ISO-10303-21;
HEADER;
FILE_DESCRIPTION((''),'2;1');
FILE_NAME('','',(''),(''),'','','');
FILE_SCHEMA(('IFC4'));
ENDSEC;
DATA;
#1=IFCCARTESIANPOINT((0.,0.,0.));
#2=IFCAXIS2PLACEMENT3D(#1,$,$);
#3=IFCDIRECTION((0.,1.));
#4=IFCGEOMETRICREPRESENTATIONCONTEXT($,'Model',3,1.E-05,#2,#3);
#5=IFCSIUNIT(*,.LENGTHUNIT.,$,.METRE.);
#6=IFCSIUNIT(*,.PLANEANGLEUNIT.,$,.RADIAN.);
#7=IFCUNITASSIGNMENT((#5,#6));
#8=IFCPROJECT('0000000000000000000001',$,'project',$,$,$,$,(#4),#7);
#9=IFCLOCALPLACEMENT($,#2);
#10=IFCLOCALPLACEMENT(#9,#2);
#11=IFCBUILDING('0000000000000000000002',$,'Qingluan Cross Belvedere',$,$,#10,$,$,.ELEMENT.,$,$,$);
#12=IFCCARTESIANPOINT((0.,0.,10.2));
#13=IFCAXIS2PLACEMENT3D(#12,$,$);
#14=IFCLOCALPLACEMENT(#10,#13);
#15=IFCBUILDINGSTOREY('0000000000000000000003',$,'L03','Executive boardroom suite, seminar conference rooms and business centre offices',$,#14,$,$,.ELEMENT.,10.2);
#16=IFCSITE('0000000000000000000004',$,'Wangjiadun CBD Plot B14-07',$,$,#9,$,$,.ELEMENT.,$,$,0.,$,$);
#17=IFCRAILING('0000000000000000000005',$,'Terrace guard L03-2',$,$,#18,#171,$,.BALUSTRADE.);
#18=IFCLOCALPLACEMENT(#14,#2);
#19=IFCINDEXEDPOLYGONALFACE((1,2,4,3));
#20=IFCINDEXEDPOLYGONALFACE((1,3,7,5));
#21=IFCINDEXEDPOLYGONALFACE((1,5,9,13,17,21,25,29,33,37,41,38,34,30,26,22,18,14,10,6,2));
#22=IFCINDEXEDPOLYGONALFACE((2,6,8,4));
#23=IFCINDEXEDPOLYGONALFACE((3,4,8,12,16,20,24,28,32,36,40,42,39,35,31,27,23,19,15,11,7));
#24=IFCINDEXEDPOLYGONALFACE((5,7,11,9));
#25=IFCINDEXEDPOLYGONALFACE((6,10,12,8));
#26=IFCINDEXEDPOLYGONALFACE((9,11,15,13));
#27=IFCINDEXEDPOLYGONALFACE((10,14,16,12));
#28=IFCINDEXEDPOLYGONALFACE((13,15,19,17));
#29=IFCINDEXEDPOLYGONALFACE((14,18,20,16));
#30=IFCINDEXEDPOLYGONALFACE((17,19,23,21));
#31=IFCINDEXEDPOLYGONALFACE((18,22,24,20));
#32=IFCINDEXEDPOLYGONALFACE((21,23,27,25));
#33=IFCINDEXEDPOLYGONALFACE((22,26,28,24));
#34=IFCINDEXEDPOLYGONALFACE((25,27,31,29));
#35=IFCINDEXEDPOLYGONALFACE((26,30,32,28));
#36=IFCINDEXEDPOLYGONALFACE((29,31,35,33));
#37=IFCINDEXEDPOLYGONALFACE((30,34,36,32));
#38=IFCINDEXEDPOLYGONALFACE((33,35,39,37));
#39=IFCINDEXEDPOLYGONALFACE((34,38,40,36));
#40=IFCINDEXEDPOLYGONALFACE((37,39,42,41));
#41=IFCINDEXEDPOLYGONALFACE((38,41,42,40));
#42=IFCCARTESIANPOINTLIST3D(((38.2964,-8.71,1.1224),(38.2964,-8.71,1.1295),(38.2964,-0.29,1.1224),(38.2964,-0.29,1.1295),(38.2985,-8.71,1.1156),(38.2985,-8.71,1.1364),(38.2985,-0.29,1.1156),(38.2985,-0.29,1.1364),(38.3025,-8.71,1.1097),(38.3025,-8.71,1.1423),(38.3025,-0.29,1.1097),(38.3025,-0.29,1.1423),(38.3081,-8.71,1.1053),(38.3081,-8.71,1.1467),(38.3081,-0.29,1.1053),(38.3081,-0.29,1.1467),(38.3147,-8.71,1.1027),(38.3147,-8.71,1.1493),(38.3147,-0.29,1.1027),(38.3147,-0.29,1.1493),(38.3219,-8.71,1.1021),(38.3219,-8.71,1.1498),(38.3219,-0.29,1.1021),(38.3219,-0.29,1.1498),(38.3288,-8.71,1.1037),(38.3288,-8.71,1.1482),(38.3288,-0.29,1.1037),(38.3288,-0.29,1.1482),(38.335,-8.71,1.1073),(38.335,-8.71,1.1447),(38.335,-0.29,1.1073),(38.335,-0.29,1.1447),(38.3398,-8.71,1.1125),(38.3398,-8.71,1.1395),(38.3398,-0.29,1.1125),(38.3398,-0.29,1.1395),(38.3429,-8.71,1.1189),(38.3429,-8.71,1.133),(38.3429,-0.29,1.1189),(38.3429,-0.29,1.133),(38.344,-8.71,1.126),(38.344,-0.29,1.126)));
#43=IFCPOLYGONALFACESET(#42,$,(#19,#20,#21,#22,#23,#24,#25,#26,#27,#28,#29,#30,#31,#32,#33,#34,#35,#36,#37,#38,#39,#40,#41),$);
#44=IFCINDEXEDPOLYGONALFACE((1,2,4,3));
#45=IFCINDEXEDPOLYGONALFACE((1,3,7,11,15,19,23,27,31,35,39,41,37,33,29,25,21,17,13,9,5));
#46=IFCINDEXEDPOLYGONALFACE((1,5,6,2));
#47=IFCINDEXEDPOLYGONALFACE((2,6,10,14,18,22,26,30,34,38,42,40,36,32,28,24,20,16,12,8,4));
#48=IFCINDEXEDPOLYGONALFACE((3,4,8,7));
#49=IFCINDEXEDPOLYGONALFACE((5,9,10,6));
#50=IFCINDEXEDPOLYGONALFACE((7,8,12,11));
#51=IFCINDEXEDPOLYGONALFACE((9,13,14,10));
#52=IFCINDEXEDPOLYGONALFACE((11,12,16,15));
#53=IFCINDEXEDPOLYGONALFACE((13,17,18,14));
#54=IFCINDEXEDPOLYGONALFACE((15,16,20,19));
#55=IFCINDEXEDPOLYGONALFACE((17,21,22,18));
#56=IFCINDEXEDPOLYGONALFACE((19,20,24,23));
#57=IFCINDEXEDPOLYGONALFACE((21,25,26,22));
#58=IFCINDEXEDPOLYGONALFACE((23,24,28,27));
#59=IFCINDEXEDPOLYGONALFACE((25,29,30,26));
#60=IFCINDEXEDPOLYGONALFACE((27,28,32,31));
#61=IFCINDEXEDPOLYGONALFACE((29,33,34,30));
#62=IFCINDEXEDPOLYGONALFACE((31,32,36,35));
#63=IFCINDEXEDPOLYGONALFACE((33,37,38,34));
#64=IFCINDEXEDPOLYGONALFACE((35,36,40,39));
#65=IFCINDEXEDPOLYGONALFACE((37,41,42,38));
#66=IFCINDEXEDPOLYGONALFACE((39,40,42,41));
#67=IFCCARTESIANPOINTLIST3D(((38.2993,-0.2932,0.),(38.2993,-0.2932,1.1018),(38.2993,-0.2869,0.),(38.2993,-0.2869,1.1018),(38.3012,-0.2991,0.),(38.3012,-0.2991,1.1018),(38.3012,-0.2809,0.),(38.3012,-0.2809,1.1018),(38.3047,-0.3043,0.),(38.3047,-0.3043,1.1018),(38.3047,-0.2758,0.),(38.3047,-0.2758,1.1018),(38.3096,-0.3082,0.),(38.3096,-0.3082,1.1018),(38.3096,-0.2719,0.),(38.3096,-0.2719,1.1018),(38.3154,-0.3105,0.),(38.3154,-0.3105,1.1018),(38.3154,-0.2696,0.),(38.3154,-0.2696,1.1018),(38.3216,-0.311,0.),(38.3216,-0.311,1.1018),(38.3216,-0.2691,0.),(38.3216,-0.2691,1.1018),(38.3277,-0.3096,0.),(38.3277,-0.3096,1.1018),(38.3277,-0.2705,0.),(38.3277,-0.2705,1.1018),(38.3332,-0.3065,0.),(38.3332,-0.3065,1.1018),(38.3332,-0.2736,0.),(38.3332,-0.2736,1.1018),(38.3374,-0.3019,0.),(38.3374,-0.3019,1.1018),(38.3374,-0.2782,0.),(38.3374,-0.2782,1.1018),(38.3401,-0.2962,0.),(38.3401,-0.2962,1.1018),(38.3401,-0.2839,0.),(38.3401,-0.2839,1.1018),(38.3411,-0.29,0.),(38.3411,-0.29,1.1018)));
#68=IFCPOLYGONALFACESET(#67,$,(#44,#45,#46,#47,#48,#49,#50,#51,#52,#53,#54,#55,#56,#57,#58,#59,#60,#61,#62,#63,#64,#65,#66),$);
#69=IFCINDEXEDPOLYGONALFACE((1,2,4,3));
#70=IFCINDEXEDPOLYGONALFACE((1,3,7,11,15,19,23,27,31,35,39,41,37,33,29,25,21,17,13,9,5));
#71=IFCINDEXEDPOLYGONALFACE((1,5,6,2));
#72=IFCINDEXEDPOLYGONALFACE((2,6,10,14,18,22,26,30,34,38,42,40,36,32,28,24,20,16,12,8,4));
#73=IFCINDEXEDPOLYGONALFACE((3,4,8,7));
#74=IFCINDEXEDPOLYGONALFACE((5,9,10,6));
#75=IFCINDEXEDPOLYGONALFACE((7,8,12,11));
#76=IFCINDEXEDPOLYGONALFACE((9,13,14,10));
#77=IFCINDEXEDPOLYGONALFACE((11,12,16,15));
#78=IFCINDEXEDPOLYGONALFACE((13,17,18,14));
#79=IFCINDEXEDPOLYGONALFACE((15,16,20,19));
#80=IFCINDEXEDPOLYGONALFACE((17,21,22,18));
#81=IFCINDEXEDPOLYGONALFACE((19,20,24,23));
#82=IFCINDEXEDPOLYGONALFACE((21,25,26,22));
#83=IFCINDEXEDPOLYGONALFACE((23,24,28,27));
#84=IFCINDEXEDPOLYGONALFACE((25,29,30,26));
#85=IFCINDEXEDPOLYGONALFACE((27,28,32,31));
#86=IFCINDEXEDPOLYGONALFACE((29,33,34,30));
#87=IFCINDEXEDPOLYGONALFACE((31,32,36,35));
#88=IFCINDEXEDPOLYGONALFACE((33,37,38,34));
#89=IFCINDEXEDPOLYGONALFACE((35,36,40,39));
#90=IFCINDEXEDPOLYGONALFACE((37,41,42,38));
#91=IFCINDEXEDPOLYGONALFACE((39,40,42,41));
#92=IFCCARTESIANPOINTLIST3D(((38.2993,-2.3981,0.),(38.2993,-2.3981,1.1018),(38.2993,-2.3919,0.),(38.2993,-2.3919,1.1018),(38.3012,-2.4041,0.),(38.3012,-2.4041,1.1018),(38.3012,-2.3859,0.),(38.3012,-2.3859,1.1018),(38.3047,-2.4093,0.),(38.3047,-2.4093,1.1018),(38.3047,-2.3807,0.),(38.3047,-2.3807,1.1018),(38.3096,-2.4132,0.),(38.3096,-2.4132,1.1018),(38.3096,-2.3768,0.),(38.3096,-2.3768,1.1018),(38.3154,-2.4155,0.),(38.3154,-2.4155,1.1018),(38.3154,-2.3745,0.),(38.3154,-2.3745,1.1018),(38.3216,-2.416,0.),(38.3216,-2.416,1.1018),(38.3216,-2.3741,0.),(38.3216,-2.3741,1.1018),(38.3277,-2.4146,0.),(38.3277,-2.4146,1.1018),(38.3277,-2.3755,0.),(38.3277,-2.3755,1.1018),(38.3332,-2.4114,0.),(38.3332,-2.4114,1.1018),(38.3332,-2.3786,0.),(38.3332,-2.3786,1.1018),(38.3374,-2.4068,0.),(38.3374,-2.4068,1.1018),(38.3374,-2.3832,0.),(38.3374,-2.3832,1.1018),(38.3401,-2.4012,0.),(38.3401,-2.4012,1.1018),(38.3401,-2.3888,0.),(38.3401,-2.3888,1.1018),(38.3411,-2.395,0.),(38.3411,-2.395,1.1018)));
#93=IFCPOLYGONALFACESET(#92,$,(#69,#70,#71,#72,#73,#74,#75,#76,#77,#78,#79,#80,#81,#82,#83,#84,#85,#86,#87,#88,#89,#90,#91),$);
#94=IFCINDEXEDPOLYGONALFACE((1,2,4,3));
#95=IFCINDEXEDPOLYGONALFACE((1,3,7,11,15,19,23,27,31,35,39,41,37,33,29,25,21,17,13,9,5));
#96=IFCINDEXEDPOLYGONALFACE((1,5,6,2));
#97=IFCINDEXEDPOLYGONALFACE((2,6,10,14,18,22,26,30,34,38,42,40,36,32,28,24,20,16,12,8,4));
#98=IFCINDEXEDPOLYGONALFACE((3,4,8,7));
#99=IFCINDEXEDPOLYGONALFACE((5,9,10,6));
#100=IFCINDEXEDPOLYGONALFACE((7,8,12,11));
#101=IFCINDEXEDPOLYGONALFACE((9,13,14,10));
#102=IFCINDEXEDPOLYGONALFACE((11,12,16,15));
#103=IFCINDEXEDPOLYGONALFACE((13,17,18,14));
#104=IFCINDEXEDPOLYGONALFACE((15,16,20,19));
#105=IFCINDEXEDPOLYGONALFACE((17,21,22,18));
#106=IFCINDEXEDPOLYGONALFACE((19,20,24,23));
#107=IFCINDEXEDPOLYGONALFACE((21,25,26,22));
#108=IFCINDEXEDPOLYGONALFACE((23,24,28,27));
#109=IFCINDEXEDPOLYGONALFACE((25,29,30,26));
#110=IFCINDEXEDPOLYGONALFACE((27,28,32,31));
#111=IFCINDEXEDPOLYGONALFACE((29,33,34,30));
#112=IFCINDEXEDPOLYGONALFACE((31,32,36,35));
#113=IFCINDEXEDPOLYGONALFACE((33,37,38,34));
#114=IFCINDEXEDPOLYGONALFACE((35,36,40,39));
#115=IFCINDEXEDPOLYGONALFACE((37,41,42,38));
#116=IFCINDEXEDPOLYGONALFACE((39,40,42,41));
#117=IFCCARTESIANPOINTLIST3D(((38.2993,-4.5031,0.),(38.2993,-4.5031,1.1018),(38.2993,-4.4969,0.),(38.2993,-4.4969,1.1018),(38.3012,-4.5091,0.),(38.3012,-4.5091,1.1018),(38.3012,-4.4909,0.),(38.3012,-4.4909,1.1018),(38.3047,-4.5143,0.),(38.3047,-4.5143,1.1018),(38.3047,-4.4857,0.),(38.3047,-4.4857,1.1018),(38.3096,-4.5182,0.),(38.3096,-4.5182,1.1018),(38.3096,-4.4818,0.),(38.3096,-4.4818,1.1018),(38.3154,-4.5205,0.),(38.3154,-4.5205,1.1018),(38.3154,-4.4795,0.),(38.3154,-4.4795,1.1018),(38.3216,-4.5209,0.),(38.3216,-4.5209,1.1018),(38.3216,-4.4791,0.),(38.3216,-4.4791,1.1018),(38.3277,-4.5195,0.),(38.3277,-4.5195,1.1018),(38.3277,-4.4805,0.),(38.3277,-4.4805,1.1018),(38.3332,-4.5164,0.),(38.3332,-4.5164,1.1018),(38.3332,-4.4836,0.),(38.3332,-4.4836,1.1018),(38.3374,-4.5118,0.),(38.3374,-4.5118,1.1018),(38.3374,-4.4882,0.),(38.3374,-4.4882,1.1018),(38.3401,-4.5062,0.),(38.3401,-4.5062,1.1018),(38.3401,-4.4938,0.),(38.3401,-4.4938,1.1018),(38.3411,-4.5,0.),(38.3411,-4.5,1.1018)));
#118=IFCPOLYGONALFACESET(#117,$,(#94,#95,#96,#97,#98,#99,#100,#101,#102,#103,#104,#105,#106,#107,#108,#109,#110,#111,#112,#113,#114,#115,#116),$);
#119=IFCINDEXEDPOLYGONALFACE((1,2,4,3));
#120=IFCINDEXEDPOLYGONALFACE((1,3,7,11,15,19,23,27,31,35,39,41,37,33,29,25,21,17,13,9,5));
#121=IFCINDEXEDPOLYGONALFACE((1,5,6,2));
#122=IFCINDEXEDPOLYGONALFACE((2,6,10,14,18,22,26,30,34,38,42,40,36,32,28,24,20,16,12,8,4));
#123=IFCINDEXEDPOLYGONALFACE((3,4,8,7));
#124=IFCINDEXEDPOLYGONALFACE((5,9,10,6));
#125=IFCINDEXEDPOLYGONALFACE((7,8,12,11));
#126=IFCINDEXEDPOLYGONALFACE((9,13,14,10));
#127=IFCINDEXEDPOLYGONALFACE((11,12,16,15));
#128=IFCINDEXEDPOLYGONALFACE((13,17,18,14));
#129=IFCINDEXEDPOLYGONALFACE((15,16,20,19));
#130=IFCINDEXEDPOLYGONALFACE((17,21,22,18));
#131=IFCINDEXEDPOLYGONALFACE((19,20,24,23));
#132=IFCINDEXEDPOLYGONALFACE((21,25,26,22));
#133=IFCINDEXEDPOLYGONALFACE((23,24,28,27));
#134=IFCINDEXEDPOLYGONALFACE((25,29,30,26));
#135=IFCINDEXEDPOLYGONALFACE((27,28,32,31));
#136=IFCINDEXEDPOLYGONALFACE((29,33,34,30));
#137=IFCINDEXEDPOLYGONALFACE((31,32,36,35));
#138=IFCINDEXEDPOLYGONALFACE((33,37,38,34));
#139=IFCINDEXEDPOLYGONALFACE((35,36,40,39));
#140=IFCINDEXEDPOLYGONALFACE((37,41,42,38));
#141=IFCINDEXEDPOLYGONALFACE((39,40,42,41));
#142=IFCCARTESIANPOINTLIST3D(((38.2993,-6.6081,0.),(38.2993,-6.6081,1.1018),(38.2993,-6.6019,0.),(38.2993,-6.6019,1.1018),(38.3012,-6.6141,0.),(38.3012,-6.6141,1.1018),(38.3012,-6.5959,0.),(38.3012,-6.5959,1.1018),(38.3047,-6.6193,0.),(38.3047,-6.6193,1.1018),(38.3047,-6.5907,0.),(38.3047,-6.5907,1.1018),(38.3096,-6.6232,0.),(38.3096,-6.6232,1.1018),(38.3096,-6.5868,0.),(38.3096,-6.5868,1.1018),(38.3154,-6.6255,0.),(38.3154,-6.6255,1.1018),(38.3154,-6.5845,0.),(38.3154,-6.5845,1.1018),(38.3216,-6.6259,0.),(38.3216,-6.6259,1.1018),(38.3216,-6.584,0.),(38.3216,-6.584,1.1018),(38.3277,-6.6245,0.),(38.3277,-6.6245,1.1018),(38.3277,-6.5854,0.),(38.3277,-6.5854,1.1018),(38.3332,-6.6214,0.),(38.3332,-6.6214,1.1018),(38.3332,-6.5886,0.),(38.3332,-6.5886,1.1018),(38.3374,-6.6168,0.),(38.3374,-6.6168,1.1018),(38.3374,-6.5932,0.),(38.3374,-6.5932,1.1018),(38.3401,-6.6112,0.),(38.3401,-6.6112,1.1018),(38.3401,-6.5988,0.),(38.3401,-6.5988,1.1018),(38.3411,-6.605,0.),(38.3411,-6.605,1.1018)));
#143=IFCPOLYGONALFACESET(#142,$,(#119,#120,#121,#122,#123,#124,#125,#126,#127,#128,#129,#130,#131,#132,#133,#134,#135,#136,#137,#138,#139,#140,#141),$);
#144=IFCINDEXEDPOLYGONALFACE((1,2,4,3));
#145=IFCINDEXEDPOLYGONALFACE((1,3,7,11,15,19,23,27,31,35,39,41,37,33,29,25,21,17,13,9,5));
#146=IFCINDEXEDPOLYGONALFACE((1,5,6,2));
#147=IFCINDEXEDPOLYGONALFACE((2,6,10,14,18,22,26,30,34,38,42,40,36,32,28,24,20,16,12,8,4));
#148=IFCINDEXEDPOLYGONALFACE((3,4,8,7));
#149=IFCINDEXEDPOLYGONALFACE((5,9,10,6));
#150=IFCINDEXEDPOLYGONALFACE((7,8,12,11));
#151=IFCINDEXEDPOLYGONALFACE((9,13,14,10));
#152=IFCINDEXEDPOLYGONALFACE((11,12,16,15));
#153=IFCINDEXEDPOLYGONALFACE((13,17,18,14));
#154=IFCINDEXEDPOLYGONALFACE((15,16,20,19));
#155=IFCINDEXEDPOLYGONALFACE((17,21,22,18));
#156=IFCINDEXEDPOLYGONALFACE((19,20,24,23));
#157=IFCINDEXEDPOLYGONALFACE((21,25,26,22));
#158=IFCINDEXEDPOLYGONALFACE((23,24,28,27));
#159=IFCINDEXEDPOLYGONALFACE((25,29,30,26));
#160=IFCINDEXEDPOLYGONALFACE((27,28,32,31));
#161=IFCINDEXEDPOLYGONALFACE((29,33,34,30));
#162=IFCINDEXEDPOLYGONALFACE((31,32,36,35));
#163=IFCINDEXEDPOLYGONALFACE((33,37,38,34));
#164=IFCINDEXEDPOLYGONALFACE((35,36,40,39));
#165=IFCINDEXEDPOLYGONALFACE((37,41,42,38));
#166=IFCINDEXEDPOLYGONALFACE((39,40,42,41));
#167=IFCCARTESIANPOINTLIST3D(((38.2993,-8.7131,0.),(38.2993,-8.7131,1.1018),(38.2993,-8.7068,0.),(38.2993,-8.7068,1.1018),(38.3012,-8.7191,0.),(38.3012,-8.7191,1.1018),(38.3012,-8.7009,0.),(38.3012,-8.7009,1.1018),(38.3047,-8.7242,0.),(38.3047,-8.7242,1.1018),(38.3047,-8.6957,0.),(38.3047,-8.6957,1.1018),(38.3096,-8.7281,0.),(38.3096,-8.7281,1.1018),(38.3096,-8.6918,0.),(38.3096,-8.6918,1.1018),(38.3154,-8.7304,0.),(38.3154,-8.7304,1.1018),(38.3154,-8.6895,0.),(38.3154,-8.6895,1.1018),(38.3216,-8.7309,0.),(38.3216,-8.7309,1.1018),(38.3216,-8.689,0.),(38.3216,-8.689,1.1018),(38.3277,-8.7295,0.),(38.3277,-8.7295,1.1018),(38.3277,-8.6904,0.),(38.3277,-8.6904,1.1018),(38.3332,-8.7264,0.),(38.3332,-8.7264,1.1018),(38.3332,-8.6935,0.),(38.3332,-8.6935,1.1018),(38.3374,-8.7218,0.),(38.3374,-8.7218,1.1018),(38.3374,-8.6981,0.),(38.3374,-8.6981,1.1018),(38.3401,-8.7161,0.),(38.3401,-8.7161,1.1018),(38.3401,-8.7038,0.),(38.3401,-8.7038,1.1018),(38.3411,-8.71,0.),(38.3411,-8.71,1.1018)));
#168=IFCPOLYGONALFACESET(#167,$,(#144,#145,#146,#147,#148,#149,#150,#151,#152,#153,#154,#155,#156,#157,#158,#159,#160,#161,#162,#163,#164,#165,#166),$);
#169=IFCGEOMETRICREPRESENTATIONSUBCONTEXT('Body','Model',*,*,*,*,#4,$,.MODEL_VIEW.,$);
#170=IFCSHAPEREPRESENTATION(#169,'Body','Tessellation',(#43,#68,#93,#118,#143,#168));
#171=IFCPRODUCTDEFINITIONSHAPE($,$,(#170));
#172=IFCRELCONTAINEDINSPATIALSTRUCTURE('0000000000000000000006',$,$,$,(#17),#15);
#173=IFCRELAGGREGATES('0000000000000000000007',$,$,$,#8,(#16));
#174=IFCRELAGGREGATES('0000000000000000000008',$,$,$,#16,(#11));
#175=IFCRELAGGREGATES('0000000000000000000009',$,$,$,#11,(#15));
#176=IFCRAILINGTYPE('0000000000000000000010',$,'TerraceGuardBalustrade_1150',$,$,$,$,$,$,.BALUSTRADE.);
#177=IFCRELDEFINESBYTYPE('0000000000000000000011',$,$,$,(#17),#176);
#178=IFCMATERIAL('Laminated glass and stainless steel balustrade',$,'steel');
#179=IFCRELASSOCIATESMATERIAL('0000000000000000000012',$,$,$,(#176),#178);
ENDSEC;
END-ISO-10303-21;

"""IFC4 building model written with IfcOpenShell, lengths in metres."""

from ifc_helpers import new_model, si_unit, direction, frame, origin, origin_2d, place, context, subcontext, project, spatial, circle, extrude, material, type_object, element, save


model = new_model("IFC4")

# Units and contexts
model_context = context("Model", 3, precision=1e-05, world=origin(), true_north=direction((0.0, 1.0)))
body_context = subcontext(model_context, "Body", "Model", "MODEL_VIEW")
ifc_project = project(units=[si_unit("LENGTHUNIT", "METRE"), si_unit("PLANEANGLEUNIT", "RADIAN")], contexts=[model_context])

# Site, building, storey
site_placement = place(None, origin())
site = spatial("IfcSite", under=ifc_project, at=site_placement, Name="Wangjiadun CBD Plot B14-07", CompositionType="ELEMENT", RefElevation=0.0)
building_placement = place(site_placement, origin())
building = spatial("IfcBuilding", under=site, at=building_placement, Name="Qingluan Cross Belvedere", CompositionType="ELEMENT")
storey_placement = place(building_placement, frame((0.0, 0.0, 10.2)))
storey = spatial("IfcBuildingStorey", under=building, at=storey_placement, Name="L03", Description="Executive boardroom suite, seminar conference rooms and business centre offices", CompositionType="ELEMENT", Elevation=10.2)

# Railing
ifc_material_1 = material(Name="Laminated glass and stainless steel balustrade", Category="steel")
railing_type = type_object("IfcRailingType", Name="TerraceGuardBalustrade_1150", PredefinedType="BALUSTRADE", material=ifc_material_1)
railing_placement = place(storey_placement, frame((38.3201, -0.29, 0.0)))
element("IfcRailing", 1, at=railing_placement, inside=storey, type_object=railing_type, Name="Terrace guard L03-2", PredefinedType="BALUSTRADE", context=body_context, shape_type="SweptSolid", body=[
    extrude(circle(Radius=0.0239, at=origin_2d()), frame((0.0, 0.0, 1.126), z_axis=(0.0, -1.0, 0.0), x_axis=(1.0, 0.0, 0.0)), (0.0, 0.0, 1.0), 8.4199),
    extrude(circle(Radius=0.021, at=origin_2d()), origin(), (0.0, 0.0, 1.0), 1.1018),
    extrude(circle(Radius=0.021, at=origin_2d()), frame((0.0, -2.105, 0.0)), (0.0, 0.0, 1.0), 1.1018),
    extrude(circle(Radius=0.021, at=origin_2d()), frame((0.0, -4.21, 0.0)), (0.0, 0.0, 1.0), 1.1018),
    extrude(circle(Radius=0.021, at=origin_2d()), frame((0.0, -6.3149, 0.0)), (0.0, 0.0, 1.0), 1.1018),
    extrude(circle(Radius=0.021, at=origin_2d()), frame((0.0, -8.4199, 0.0)), (0.0, 0.0, 1.0), 1.1018),
])

save(model, "model.ifc")
